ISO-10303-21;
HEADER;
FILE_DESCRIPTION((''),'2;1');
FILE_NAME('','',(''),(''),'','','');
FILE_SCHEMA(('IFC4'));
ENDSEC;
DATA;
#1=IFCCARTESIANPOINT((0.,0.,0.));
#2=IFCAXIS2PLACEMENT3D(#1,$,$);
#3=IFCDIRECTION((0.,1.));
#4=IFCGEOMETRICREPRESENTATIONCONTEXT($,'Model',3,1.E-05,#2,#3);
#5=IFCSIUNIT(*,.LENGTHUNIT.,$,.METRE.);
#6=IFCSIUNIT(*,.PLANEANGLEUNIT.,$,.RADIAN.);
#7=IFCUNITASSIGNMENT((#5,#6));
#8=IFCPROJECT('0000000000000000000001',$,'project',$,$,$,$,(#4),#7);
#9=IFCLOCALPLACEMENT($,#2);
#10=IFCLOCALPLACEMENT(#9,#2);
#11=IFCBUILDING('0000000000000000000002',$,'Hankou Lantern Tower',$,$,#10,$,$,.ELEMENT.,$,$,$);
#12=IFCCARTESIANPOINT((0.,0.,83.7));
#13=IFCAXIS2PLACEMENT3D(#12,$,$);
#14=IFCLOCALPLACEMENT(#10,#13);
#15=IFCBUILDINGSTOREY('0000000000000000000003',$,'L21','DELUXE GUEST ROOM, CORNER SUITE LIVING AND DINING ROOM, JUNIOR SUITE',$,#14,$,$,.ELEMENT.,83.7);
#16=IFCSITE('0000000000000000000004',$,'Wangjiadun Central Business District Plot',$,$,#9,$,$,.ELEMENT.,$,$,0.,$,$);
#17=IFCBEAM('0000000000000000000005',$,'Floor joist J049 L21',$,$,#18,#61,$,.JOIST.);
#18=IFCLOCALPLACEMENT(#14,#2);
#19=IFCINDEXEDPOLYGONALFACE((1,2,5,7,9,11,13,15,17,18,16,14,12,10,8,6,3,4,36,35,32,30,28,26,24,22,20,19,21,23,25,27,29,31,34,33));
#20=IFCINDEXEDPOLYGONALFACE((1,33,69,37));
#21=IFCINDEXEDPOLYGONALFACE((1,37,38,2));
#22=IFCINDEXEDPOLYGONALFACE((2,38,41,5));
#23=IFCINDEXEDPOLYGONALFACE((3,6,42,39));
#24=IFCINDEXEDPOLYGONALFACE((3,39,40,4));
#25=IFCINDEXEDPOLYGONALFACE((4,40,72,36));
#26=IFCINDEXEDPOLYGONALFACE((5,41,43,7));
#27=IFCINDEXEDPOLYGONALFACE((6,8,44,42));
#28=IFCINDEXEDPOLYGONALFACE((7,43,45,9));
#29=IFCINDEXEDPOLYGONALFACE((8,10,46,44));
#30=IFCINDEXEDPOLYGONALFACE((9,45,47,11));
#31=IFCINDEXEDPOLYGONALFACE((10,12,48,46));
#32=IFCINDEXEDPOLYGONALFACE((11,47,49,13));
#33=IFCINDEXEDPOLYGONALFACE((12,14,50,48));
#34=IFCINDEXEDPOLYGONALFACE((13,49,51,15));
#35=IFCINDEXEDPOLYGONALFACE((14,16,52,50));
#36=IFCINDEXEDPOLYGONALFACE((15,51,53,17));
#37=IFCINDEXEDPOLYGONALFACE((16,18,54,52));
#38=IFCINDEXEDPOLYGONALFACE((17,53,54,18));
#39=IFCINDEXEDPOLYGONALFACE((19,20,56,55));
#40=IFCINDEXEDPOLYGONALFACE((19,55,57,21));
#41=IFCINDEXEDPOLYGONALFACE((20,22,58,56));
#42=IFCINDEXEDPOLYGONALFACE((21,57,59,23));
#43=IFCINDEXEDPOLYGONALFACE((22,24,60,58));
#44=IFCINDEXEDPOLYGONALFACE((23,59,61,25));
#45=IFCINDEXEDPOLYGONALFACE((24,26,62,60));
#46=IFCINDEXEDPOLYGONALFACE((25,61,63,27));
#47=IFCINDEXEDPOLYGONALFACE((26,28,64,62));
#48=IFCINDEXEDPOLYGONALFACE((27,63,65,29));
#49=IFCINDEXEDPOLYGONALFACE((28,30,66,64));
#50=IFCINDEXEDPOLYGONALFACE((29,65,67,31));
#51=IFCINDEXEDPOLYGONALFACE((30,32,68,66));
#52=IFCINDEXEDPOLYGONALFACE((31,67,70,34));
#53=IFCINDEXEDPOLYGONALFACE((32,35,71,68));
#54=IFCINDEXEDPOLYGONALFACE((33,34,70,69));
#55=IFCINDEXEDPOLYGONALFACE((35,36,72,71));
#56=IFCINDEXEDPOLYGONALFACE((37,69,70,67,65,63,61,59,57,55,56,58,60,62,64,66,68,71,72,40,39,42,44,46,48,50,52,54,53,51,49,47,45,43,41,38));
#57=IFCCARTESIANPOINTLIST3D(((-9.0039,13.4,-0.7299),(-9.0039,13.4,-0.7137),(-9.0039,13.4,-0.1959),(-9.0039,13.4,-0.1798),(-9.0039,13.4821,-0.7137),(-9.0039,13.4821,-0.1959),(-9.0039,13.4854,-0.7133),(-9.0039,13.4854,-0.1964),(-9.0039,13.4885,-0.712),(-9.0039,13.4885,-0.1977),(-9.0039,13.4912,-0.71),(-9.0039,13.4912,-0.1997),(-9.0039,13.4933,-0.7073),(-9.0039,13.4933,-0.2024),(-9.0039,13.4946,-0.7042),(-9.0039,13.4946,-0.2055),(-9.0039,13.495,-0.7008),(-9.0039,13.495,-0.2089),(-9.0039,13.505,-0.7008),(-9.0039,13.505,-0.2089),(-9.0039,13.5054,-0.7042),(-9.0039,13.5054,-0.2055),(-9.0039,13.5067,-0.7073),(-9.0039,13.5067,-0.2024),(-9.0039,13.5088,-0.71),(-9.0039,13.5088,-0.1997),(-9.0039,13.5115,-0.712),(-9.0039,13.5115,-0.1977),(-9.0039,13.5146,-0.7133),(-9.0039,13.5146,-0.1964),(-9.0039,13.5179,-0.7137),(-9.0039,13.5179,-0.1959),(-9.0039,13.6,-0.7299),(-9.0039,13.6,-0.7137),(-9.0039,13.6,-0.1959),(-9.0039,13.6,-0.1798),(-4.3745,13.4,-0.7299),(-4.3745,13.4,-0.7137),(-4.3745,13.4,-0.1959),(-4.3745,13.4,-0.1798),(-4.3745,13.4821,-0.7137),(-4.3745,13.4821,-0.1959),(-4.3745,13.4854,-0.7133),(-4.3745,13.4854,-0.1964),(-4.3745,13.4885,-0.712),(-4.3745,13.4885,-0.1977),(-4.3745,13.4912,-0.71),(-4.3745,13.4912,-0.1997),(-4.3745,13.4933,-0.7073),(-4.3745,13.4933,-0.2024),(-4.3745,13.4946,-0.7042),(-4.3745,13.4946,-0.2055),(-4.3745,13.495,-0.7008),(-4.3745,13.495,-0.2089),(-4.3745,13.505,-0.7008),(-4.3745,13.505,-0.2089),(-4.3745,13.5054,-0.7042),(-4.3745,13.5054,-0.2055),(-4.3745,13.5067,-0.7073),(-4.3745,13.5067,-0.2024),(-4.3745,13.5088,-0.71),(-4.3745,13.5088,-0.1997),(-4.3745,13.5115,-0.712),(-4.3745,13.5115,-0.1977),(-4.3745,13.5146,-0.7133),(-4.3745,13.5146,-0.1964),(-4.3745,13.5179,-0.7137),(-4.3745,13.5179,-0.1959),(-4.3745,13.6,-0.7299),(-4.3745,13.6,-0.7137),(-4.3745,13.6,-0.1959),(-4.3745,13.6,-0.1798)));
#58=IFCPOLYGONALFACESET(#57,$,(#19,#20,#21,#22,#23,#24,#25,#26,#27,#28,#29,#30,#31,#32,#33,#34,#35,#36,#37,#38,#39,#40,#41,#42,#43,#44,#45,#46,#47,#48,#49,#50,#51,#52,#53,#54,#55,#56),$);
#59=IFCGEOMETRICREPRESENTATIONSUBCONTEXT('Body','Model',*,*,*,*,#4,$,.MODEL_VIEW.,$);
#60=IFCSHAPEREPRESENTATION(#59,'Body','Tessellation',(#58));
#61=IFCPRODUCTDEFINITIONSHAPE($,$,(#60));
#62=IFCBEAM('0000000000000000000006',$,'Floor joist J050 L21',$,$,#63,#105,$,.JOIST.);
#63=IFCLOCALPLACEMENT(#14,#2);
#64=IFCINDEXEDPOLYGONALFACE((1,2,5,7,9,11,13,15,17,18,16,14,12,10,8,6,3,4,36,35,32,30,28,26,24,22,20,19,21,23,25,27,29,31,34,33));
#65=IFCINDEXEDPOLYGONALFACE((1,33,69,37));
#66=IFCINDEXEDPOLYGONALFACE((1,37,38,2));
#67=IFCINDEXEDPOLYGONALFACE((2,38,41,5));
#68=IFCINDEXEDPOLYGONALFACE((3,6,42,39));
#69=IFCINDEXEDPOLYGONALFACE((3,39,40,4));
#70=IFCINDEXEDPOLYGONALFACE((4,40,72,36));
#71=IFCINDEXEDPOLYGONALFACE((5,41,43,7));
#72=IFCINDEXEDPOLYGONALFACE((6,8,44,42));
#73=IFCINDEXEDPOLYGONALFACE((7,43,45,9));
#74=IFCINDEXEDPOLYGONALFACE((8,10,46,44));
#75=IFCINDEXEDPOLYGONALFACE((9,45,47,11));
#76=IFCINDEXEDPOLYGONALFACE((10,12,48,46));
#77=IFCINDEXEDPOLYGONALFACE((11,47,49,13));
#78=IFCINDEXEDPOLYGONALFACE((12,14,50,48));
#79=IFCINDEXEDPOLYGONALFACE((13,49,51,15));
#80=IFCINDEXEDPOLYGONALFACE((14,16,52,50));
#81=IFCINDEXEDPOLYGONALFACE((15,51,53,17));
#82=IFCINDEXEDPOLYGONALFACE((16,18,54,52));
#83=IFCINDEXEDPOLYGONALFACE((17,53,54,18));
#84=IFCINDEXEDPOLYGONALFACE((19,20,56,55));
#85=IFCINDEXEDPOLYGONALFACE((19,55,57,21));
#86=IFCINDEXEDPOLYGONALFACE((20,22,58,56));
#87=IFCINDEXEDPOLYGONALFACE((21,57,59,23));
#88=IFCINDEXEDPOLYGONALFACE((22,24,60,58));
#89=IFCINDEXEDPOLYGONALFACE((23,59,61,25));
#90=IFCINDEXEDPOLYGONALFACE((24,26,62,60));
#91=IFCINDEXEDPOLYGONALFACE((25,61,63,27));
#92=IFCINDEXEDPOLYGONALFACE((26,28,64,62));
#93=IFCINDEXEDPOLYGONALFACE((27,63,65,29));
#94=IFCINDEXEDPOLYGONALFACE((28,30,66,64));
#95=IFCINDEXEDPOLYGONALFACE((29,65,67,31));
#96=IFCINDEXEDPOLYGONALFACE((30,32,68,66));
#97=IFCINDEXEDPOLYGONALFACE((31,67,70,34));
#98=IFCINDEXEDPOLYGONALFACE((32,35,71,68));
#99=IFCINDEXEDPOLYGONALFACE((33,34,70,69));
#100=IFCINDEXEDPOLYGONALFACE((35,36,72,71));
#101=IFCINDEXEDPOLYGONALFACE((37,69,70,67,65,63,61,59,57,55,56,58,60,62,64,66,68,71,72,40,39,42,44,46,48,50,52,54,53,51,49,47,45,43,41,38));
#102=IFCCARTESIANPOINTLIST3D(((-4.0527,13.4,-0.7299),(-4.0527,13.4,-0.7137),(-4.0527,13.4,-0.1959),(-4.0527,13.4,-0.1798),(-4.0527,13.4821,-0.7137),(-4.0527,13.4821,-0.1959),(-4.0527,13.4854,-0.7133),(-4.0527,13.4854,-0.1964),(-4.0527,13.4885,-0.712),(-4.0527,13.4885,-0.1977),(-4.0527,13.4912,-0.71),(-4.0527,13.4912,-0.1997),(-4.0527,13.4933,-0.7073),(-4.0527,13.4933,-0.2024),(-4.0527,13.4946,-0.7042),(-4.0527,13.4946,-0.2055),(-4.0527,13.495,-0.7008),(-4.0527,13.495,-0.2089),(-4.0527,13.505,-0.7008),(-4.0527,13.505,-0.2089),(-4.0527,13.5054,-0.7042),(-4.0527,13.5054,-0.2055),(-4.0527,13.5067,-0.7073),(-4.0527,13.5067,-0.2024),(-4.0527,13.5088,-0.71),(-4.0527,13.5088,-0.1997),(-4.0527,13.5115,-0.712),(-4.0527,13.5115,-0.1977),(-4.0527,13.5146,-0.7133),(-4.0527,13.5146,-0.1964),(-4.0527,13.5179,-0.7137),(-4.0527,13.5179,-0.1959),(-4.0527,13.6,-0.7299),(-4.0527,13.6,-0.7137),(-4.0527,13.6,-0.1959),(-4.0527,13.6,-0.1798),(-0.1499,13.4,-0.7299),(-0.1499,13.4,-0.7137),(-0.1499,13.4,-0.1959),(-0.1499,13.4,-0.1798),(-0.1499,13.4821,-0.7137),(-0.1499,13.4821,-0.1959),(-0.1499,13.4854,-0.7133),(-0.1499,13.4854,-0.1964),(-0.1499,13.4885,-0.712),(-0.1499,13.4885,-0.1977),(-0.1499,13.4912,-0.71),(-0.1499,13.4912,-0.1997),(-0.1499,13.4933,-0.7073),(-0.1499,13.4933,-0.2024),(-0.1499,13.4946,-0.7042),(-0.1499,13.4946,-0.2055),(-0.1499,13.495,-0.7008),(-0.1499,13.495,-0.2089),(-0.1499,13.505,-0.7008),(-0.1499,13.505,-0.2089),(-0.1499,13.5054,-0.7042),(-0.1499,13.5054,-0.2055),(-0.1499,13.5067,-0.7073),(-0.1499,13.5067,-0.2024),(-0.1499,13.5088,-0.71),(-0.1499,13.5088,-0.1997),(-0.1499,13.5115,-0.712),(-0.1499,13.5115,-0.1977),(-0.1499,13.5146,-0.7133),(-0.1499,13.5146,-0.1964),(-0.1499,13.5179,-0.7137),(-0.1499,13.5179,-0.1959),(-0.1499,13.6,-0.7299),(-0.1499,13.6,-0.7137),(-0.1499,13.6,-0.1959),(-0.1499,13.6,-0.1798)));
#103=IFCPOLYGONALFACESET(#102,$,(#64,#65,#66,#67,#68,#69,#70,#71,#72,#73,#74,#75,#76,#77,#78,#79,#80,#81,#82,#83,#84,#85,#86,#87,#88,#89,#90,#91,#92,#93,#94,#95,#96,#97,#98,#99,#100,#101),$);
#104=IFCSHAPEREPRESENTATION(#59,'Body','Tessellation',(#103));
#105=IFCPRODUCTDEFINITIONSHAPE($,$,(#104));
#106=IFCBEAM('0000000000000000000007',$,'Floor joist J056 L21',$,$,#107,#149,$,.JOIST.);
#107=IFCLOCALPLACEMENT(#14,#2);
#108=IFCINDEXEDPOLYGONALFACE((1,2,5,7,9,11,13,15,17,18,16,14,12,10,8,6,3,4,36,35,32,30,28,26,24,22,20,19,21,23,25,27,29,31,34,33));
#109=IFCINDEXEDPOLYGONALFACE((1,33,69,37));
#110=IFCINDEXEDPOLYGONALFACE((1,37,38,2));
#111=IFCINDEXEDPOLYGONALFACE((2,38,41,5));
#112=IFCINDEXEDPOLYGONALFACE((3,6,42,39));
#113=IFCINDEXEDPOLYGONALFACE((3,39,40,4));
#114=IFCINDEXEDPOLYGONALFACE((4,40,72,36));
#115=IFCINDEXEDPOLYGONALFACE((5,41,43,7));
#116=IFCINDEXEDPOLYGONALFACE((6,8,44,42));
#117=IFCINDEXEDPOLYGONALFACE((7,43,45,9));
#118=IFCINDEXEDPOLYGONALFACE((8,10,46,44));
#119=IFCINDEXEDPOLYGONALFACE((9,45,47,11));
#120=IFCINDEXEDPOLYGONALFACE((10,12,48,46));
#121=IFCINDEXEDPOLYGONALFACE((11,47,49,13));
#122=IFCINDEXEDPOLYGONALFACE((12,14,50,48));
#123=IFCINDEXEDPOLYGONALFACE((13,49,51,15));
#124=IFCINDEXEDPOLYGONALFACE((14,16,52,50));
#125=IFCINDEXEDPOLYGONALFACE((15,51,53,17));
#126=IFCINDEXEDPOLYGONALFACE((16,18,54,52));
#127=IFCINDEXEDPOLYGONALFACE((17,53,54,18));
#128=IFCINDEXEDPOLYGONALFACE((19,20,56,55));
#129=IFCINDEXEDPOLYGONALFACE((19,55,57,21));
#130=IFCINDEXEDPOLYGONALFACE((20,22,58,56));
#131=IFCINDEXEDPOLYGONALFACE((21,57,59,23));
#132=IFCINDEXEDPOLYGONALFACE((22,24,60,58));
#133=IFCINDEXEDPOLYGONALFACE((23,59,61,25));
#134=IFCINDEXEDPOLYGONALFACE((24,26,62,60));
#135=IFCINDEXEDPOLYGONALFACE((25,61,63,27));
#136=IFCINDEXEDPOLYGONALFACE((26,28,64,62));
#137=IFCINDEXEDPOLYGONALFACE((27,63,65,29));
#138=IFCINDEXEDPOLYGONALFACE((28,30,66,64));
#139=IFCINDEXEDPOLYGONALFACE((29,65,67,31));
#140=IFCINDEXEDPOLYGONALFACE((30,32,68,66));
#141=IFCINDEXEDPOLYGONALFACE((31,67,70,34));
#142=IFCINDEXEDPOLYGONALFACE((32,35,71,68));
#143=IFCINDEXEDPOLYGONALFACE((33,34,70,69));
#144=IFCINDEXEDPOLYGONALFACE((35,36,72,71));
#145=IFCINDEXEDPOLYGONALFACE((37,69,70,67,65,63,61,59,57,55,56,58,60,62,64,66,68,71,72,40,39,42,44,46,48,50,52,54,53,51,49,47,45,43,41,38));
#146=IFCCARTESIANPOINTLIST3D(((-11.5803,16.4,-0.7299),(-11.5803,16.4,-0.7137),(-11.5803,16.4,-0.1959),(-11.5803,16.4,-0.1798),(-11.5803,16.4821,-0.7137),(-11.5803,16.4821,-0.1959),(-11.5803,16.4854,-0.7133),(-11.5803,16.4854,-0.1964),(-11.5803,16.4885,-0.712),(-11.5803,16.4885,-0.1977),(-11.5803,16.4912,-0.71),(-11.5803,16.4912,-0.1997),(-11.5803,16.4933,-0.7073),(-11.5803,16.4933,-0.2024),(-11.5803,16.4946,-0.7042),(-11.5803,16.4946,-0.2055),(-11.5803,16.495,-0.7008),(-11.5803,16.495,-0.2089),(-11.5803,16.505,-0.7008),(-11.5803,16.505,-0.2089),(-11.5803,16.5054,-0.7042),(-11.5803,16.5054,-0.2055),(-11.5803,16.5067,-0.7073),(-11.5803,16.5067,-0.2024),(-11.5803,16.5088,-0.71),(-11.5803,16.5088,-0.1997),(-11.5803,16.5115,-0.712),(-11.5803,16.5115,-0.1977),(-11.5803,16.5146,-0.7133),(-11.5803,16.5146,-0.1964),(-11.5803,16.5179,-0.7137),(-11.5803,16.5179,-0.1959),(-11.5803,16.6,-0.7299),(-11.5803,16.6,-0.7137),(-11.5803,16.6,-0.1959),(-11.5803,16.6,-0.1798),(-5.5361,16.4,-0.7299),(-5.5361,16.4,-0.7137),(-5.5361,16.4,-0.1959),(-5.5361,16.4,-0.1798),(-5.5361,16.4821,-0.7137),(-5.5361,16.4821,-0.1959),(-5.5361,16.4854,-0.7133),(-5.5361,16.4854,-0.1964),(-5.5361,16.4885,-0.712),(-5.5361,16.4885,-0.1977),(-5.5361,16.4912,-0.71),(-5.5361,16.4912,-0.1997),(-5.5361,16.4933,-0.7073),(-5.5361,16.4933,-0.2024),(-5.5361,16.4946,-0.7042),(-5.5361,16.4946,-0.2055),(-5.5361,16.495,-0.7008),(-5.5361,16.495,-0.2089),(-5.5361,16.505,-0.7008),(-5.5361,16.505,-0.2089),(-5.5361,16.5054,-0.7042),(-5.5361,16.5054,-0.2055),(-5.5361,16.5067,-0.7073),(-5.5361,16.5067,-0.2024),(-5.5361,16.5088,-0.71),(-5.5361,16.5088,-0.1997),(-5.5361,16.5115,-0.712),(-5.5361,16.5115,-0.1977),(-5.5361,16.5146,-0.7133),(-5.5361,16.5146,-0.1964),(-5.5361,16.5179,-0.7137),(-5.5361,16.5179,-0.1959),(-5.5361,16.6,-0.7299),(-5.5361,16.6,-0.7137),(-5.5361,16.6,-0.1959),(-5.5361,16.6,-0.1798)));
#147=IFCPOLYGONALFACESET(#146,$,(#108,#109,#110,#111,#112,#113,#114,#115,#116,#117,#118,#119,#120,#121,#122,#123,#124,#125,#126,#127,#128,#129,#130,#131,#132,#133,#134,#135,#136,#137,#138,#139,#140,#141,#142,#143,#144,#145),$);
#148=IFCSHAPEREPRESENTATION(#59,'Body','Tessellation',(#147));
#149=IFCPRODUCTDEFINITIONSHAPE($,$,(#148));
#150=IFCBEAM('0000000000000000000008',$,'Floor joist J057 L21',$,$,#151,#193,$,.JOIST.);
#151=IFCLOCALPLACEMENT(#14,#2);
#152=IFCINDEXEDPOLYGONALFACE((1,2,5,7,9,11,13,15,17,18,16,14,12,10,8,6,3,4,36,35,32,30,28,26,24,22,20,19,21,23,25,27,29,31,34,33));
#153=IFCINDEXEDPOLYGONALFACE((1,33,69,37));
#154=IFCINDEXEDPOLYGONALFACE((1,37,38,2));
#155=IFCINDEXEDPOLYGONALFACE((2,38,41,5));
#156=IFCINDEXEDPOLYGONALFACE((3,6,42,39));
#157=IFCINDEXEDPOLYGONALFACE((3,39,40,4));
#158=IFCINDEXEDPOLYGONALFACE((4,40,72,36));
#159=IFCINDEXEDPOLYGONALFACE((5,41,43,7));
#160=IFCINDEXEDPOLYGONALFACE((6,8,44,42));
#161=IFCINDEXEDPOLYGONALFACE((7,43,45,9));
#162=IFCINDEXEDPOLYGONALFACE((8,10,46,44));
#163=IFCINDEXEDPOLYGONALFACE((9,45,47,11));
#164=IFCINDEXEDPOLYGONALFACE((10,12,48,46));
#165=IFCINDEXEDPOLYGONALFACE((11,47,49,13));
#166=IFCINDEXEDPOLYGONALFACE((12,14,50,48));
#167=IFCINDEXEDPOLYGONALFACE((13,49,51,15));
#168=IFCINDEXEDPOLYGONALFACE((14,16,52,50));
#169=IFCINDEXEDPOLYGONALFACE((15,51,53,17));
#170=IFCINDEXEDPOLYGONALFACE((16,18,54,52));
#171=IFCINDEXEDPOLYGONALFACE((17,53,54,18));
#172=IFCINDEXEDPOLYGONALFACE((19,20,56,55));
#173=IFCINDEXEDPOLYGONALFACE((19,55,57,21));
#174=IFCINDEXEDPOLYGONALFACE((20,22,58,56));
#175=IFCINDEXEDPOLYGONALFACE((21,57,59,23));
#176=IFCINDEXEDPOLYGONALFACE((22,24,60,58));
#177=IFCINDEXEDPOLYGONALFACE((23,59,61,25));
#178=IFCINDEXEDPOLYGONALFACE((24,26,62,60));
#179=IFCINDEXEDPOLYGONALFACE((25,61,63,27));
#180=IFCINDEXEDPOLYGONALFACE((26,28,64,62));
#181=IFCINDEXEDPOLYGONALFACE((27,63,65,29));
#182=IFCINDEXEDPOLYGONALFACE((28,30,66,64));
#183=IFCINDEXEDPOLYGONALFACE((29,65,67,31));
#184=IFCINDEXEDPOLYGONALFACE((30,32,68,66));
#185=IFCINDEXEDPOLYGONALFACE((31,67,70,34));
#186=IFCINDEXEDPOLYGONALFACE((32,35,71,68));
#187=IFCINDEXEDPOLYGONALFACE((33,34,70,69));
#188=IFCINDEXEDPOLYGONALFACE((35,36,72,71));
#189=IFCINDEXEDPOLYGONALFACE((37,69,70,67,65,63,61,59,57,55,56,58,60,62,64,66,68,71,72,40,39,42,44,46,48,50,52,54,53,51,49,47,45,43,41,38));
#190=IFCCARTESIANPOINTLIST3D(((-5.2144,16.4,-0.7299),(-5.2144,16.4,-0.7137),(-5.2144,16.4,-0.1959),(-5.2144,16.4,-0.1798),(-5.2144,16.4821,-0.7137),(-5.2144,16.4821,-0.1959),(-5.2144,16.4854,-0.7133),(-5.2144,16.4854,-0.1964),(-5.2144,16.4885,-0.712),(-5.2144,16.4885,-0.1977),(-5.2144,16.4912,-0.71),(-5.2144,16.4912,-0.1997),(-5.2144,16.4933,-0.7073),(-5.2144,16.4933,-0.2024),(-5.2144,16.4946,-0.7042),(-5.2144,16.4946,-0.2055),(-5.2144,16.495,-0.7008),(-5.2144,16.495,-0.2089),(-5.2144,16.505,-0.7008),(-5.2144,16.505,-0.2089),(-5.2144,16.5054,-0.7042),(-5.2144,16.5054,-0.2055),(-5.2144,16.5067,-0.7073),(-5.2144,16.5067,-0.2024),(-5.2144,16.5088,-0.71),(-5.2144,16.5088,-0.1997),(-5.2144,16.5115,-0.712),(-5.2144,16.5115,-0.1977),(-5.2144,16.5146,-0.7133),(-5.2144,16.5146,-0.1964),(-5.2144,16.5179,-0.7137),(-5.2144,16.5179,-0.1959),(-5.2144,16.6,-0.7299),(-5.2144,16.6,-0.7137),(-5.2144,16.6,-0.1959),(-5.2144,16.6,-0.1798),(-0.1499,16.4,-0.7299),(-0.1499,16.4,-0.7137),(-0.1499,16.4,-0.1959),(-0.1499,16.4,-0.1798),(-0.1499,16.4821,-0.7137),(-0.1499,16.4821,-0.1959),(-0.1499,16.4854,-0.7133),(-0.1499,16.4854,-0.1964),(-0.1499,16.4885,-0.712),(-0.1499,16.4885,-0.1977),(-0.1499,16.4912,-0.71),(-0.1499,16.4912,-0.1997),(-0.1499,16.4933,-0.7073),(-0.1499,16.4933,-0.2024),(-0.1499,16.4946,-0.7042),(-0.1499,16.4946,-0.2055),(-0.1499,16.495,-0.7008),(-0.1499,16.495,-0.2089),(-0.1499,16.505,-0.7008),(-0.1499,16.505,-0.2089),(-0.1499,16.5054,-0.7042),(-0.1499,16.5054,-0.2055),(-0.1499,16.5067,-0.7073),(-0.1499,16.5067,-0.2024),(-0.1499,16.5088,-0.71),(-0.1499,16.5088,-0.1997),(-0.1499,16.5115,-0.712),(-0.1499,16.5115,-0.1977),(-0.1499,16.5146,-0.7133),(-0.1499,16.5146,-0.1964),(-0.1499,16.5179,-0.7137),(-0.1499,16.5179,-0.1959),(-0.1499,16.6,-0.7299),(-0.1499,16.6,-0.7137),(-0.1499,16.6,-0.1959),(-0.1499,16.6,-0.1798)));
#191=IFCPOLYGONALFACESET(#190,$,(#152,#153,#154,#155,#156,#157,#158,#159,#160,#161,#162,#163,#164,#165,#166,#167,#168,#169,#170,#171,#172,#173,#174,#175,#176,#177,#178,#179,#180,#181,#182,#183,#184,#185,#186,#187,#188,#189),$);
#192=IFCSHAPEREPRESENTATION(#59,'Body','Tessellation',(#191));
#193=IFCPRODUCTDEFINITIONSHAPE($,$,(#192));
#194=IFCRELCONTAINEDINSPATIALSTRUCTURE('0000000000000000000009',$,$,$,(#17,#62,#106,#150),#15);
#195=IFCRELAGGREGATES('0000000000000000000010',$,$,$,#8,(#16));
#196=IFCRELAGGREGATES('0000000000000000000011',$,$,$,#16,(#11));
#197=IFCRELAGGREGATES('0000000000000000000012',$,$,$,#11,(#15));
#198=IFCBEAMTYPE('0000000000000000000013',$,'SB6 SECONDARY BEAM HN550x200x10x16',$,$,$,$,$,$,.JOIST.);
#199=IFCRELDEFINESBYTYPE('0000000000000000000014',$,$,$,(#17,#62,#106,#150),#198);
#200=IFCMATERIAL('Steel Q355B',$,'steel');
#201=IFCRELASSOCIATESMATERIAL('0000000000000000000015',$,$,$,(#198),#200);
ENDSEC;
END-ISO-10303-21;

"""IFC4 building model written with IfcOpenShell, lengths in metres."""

from ifc_helpers import new_model, si_unit, direction, frame, origin, origin_2d, place, context, subcontext, project, spatial, i_section, extrude, material, material_profile, profile_set, type_object, element, save


model = new_model("IFC4")

# Units and contexts
model_context = context("Model", 3, precision=1e-05, world=origin(), true_north=direction((0.0, 1.0)))
body_context = subcontext(model_context, "Body", "Model", "MODEL_VIEW")
ifc_project = project(units=[si_unit("LENGTHUNIT", "METRE"), si_unit("PLANEANGLEUNIT", "RADIAN")], contexts=[model_context])

# Site, building, storey
site_placement = place(None, origin())
site = spatial("IfcSite", under=ifc_project, at=site_placement, Name="Wangjiadun Central Business District Plot", CompositionType="ELEMENT", RefElevation=0.0)
building_placement = place(site_placement, origin())
building = spatial("IfcBuilding", under=site, at=building_placement, Name="Hankou Lantern Tower", CompositionType="ELEMENT")
storey_placement = place(building_placement, frame((0.0, 0.0, 83.7)))
storey = spatial("IfcBuildingStorey", under=building, at=storey_placement, Name="L21", Description="DELUXE GUEST ROOM, CORNER SUITE LIVING AND DINING ROOM, JUNIOR SUITE", CompositionType="ELEMENT", Elevation=83.7)

# Beams
ifc_material_1 = material(Name="Steel Q355B", Category="steel")
ifc_material_profile_1 = material_profile(ifc_material_1, i_section(OverallWidth=0.2, OverallDepth=0.55, WebThickness=0.01, FlangeThickness=0.0161, FilletRadius=0.0129, at=origin_2d()), Name="HN550x200x10x16")
ifc_profile_set_1 = profile_set([ifc_material_profile_1], Name="Steel Q355B")
beam_type_1 = type_object("IfcBeamType", Name="SB6 SECONDARY BEAM HN550x200x10x16", PredefinedType="JOIST", material=ifc_profile_set_1)
beam_1_placement = place(storey_placement, frame((-9.0039, 13.5, -0.4548), z_axis=(1.0, 0.0, 0.0), x_axis=(0.0, 1.0, 0.0)))
element("IfcBeam", 1, at=beam_1_placement, inside=storey, type_object=beam_type_1, Name="Floor joist J049 L21", PredefinedType="JOIST", context=body_context, shape_type="SweptSolid", body=[
    extrude(i_section(OverallWidth=0.2, OverallDepth=0.55, WebThickness=0.01, FlangeThickness=0.0161, FilletRadius=0.0129, at=origin_2d()), origin(), (0.0, 0.0, 1.0), 4.6294),
])
beam_2_placement = place(storey_placement, frame((-4.0527, 13.5, -0.4548), z_axis=(1.0, 0.0, 0.0), x_axis=(0.0, 1.0, 0.0)))
element("IfcBeam", 2, at=beam_2_placement, inside=storey, type_object=beam_type_1, Name="Floor joist J050 L21", PredefinedType="JOIST", context=body_context, shape_type="SweptSolid", body=[
    extrude(i_section(OverallWidth=0.2, OverallDepth=0.55, WebThickness=0.01, FlangeThickness=0.0161, FilletRadius=0.0129, at=origin_2d()), origin(), (0.0, 0.0, 1.0), 3.9028),
])
beam_3_placement = place(storey_placement, frame((-11.5803, 16.5, -0.4548), z_axis=(1.0, 0.0, 0.0), x_axis=(0.0, 1.0, 0.0)))
element("IfcBeam", 3, at=beam_3_placement, inside=storey, type_object=beam_type_1, Name="Floor joist J056 L21", PredefinedType="JOIST", context=body_context, shape_type="SweptSolid", body=[
    extrude(i_section(OverallWidth=0.2, OverallDepth=0.55, WebThickness=0.01, FlangeThickness=0.0161, FilletRadius=0.0129, at=origin_2d()), origin(), (0.0, 0.0, 1.0), 6.0442),
])
beam_4_placement = place(storey_placement, frame((-5.2144, 16.5, -0.4548), z_axis=(1.0, 0.0, 0.0), x_axis=(0.0, 1.0, 0.0)))
element("IfcBeam", 4, at=beam_4_placement, inside=storey, type_object=beam_type_1, Name="Floor joist J057 L21", PredefinedType="JOIST", context=body_context, shape_type="SweptSolid", body=[
    extrude(i_section(OverallWidth=0.2, OverallDepth=0.55, WebThickness=0.01, FlangeThickness=0.0161, FilletRadius=0.0129, at=origin_2d()), origin(), (0.0, 0.0, 1.0), 5.0645),
])

save(model, "model.ifc")
